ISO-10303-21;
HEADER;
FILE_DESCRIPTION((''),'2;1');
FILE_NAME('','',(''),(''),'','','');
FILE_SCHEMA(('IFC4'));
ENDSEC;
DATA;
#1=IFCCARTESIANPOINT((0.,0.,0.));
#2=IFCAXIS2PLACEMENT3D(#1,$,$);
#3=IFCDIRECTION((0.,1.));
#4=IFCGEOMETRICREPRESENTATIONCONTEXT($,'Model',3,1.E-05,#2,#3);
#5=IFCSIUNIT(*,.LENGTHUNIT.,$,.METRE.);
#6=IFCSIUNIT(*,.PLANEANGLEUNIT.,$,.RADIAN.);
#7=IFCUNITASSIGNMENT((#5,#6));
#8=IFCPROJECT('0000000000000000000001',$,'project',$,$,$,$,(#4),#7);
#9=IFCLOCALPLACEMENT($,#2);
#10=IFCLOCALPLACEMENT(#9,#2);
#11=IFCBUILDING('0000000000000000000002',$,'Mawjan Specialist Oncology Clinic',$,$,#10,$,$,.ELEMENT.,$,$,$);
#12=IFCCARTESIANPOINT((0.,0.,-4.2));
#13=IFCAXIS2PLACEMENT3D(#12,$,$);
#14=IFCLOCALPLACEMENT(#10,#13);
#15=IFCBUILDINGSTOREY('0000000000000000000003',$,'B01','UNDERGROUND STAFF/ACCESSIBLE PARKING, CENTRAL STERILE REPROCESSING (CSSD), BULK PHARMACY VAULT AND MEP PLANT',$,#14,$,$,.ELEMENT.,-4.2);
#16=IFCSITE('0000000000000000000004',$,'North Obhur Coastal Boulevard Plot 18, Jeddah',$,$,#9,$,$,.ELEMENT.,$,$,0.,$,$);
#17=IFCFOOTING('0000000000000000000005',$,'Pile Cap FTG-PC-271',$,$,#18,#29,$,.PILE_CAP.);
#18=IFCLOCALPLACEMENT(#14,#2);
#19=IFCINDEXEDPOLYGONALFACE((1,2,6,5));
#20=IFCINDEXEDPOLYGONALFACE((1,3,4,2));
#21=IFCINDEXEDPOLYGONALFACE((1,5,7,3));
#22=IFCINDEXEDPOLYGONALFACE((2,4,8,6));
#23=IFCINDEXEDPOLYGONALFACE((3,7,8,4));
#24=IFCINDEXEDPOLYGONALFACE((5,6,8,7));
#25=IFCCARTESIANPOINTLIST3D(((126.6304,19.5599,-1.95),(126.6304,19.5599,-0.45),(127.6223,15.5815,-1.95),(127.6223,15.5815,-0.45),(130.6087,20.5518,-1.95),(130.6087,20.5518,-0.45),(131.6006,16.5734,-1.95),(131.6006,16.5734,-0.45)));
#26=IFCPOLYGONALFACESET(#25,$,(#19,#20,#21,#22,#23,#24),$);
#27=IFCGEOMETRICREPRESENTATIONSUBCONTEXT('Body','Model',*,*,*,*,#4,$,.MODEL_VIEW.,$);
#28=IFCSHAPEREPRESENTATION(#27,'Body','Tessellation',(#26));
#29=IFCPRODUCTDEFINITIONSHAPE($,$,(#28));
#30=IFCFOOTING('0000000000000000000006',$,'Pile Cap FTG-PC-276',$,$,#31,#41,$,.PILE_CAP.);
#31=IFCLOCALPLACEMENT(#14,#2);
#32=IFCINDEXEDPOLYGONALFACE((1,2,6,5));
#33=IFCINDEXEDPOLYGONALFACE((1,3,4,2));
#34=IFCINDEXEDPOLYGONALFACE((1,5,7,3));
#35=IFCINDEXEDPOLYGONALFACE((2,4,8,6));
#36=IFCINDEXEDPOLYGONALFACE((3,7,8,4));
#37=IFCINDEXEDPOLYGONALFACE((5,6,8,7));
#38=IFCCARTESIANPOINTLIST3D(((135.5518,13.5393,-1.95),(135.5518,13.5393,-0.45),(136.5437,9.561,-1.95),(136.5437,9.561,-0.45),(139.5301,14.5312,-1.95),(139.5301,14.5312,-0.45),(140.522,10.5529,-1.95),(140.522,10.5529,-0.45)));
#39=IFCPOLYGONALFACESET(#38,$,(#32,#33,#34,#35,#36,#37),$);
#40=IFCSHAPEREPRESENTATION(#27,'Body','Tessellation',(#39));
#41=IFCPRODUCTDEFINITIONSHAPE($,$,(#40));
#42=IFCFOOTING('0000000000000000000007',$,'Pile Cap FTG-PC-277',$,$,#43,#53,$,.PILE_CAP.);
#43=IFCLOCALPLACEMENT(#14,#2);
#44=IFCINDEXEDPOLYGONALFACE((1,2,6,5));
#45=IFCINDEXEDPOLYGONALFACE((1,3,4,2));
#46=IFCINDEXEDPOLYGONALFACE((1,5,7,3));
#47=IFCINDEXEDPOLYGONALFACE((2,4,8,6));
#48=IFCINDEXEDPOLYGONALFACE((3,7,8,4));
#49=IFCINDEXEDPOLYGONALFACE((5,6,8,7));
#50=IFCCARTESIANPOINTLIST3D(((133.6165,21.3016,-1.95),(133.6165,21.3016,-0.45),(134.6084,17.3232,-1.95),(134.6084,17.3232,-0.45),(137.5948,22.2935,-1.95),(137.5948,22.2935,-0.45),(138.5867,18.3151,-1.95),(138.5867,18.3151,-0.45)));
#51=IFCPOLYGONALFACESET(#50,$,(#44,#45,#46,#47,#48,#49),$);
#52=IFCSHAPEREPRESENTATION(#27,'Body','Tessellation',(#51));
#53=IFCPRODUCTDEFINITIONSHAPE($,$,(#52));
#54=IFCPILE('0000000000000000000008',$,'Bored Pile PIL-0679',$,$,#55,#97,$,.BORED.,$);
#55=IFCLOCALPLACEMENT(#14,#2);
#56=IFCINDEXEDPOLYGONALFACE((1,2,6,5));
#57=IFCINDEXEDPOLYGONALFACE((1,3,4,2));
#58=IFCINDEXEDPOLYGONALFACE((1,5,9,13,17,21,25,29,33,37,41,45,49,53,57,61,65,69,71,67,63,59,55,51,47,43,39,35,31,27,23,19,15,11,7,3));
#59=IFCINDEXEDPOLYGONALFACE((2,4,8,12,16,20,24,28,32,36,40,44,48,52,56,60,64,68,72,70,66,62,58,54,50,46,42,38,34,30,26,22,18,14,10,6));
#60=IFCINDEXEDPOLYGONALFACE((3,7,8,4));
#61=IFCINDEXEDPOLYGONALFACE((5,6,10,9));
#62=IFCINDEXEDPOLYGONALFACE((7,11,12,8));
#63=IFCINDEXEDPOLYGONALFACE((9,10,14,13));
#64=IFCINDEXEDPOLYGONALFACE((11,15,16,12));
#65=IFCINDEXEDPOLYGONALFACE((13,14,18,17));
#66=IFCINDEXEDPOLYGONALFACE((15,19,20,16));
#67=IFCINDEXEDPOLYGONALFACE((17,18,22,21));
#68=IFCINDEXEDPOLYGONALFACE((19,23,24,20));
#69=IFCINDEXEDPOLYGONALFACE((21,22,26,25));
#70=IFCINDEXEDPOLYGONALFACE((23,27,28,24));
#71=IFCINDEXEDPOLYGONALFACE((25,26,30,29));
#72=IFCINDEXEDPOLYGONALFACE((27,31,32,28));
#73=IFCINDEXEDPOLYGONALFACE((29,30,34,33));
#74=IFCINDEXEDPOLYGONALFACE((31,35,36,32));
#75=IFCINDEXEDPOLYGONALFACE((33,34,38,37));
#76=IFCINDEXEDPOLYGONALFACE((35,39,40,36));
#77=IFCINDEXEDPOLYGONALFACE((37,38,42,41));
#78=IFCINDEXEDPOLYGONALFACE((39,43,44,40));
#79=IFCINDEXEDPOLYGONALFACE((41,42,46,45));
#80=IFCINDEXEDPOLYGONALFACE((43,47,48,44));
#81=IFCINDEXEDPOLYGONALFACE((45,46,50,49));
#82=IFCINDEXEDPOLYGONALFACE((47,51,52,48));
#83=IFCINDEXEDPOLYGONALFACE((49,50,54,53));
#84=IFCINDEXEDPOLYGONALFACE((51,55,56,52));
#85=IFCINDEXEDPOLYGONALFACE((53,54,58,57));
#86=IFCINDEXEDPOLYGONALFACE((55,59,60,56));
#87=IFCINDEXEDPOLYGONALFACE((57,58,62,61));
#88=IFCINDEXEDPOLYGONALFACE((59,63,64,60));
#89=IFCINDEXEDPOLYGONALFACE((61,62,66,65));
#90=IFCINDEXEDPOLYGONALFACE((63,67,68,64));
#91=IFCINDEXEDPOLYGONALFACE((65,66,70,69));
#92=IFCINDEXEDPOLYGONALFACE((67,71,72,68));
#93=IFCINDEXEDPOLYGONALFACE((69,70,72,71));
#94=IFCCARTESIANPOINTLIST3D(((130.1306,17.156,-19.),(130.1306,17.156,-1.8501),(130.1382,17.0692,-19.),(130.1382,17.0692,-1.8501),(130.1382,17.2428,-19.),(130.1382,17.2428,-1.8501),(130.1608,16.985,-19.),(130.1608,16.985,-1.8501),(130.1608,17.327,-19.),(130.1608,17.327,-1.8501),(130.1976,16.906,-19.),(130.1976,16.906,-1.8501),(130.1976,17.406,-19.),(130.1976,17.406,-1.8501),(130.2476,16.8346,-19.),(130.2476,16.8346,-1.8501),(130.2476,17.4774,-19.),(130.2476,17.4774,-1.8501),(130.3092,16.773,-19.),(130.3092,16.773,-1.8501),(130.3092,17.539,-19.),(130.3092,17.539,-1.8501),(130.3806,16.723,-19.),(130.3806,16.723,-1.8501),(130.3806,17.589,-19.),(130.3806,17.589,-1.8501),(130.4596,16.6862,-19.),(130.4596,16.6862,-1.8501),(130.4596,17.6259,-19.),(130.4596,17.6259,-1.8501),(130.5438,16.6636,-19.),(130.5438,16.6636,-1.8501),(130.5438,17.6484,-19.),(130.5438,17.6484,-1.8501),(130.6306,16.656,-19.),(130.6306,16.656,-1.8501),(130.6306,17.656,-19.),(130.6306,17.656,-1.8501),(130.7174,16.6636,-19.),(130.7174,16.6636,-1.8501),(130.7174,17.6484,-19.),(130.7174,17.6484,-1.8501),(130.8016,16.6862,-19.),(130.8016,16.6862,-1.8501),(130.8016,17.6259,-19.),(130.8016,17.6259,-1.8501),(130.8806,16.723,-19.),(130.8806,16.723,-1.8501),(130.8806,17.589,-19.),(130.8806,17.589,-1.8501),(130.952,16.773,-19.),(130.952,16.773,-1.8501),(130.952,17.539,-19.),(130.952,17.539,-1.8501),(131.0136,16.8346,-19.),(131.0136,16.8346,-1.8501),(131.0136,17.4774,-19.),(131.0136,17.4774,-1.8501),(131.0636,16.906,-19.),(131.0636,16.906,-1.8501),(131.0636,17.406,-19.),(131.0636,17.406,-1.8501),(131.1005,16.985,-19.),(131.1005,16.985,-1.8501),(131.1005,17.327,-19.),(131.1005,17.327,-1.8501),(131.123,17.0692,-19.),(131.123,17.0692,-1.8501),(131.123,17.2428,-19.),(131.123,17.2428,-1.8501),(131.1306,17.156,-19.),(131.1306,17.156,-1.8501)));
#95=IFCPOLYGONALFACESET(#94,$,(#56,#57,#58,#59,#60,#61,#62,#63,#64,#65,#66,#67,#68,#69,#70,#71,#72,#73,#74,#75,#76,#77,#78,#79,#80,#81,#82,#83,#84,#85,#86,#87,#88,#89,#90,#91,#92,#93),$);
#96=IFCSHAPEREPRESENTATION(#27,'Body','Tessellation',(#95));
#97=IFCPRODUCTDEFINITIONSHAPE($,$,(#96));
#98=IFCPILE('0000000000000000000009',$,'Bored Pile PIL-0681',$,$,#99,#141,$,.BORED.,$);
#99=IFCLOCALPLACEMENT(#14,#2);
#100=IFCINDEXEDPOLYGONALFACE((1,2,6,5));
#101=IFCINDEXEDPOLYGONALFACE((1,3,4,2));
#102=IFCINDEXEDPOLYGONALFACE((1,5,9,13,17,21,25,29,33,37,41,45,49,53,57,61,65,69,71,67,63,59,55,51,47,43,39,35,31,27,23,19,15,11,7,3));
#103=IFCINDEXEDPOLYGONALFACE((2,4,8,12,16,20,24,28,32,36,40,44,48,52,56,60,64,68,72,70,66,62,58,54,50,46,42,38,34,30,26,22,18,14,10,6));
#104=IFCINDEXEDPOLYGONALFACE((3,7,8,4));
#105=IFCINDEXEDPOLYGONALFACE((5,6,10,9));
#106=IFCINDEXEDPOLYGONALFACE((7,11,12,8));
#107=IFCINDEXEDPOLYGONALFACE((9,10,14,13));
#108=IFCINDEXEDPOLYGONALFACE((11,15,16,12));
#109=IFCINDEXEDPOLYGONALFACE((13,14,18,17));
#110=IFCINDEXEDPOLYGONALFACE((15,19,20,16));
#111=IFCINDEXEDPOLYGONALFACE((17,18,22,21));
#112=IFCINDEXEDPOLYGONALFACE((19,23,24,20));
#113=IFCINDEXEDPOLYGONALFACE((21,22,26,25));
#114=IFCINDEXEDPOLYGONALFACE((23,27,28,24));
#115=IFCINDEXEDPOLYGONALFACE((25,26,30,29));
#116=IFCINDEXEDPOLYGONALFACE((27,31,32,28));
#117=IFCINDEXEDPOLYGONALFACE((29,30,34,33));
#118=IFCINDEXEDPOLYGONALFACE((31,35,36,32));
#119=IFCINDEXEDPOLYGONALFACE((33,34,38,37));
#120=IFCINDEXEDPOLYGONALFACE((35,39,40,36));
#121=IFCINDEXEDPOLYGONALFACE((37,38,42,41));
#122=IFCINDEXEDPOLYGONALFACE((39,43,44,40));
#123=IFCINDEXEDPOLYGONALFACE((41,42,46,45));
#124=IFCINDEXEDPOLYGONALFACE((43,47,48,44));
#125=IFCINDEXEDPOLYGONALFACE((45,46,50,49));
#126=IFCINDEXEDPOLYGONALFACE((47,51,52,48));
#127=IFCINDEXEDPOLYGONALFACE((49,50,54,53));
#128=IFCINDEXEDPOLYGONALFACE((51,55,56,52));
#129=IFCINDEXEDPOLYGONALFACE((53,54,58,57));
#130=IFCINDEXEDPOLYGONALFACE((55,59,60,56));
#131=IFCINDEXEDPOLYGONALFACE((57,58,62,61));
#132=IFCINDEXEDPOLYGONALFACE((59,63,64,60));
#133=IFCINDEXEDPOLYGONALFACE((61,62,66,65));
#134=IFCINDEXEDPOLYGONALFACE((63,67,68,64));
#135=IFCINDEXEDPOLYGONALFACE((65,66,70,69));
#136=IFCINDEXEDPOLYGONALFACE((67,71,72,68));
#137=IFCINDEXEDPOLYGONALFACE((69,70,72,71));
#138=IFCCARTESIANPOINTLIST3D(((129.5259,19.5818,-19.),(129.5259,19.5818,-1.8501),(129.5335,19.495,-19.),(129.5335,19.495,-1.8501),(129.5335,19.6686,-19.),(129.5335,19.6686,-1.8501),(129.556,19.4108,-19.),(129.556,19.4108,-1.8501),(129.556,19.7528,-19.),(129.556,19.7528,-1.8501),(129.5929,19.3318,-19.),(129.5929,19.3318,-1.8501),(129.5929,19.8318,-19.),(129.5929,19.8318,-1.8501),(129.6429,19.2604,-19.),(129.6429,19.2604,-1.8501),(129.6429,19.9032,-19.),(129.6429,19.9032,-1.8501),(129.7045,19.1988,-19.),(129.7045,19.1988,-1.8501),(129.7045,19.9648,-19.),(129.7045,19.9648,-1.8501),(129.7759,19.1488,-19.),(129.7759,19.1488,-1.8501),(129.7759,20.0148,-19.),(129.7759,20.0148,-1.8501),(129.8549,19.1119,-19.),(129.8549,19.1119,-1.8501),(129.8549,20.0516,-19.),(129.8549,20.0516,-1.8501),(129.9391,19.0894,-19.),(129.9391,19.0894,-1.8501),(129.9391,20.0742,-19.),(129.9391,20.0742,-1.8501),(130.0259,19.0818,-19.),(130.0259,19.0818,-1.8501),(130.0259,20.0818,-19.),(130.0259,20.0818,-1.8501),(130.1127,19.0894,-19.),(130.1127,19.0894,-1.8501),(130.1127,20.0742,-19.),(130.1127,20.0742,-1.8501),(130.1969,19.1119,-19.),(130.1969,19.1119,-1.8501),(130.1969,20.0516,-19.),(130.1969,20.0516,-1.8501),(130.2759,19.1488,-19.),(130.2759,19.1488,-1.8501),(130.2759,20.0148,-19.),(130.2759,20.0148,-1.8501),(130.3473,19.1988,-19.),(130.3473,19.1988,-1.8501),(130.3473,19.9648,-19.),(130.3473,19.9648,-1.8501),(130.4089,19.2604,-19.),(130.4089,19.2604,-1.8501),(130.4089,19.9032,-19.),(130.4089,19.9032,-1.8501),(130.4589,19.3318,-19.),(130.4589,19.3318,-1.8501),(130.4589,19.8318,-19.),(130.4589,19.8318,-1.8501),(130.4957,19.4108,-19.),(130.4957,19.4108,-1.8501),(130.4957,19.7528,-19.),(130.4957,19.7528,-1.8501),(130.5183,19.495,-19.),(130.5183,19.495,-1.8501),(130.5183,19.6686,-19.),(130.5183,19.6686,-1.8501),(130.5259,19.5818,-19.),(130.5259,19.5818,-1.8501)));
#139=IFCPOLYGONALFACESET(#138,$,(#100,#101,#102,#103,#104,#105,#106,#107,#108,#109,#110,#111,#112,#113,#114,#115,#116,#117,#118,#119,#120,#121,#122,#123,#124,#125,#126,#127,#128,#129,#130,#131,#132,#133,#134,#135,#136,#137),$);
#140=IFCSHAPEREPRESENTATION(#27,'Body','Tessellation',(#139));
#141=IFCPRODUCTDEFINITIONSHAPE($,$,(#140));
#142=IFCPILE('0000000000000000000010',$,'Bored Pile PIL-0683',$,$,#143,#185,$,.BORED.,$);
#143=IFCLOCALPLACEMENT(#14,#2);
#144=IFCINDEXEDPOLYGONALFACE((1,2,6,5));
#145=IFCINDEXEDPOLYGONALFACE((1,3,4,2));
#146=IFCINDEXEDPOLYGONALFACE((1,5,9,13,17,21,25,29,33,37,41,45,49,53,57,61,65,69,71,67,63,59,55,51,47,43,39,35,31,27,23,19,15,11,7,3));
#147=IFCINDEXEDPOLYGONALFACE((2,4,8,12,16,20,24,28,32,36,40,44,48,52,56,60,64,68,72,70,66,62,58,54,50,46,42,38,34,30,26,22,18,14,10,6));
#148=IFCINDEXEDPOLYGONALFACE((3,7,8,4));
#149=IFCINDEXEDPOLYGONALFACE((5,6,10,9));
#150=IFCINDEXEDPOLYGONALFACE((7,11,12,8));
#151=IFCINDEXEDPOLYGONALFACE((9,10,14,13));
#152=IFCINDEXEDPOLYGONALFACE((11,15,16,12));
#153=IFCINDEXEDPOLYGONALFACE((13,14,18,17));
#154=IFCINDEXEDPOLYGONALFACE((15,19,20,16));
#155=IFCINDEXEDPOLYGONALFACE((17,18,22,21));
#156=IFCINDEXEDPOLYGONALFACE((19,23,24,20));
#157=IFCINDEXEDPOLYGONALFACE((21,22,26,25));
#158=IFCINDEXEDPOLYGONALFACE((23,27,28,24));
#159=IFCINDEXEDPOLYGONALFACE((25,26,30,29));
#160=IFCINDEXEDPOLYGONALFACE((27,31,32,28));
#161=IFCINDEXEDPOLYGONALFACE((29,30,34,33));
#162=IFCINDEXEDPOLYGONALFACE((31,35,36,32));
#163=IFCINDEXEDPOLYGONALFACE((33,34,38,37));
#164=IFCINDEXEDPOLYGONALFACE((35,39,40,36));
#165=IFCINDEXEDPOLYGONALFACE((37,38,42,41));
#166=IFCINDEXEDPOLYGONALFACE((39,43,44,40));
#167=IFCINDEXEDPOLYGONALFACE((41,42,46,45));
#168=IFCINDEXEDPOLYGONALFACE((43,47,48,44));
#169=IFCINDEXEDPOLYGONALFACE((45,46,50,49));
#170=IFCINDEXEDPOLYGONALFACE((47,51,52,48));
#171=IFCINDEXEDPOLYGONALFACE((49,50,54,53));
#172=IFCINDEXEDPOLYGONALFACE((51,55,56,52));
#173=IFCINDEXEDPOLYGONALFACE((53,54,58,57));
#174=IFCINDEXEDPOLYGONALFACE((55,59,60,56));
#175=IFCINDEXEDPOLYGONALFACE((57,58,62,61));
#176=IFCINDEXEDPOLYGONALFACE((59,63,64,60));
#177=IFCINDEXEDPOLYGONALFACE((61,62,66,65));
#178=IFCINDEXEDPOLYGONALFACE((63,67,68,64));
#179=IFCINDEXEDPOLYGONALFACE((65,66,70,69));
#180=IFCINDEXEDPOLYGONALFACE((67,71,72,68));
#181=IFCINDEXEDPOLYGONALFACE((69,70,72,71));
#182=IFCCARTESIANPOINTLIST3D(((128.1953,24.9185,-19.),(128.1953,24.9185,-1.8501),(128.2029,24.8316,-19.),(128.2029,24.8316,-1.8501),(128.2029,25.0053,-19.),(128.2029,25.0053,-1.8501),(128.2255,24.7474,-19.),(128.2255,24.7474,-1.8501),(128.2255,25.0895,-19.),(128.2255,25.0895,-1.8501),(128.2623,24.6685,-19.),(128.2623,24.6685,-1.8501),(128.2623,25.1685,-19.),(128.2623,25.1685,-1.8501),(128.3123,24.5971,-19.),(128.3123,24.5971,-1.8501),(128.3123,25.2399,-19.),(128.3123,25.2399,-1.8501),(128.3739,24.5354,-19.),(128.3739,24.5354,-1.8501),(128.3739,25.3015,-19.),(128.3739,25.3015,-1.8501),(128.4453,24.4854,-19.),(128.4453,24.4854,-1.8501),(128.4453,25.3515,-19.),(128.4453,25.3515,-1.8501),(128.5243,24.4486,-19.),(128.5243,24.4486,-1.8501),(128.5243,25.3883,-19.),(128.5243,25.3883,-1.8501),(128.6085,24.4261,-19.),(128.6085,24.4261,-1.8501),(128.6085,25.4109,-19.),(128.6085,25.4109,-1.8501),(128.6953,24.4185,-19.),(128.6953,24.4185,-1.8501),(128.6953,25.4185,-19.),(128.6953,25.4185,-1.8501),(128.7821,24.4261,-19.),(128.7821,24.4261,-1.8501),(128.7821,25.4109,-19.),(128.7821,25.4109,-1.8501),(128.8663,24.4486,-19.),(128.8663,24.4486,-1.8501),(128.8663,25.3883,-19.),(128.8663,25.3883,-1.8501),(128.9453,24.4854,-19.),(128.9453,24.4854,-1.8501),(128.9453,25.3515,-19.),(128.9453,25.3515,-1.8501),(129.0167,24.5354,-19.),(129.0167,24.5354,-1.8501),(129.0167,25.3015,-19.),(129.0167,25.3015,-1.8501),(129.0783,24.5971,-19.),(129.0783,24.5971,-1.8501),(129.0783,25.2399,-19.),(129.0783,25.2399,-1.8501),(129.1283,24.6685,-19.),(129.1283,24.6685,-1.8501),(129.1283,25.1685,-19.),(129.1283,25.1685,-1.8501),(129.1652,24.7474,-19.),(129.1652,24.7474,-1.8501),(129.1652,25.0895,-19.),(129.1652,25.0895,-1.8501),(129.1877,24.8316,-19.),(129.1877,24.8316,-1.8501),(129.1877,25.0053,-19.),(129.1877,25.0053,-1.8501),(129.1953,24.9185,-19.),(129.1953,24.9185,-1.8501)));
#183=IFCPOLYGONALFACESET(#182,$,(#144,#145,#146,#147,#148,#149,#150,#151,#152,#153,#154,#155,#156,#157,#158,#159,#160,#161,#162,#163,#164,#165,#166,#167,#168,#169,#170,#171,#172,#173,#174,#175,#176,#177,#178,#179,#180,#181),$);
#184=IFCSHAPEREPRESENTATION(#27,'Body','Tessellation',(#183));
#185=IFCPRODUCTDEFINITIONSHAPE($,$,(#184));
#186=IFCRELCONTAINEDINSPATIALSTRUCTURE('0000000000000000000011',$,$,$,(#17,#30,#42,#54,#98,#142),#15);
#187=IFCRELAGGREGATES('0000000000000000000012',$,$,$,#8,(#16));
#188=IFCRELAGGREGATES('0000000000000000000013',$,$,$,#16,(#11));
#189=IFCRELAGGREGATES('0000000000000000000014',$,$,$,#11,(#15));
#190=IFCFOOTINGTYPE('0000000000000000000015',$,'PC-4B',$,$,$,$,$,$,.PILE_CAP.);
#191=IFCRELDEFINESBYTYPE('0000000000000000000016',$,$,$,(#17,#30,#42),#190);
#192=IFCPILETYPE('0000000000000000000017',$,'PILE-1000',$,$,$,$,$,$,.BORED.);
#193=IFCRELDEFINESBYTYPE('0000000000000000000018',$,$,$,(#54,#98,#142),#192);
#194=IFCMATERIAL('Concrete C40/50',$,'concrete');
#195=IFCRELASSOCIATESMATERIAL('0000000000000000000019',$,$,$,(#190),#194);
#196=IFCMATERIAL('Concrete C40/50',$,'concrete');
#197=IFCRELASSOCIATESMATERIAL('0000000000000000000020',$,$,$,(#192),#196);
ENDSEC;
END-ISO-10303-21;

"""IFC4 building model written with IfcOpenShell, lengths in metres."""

from ifc_helpers import new_model, si_unit, direction, frame, origin, origin_2d, place, context, subcontext, project, spatial, rectangle, circle, extrude, material, material_profile, profile_set, type_object, element, save


model = new_model("IFC4")

# Units and contexts
model_context = context("Model", 3, precision=1e-05, world=origin(), true_north=direction((0.0, 1.0)))
body_context = subcontext(model_context, "Body", "Model", "MODEL_VIEW")
ifc_project = project(units=[si_unit("LENGTHUNIT", "METRE"), si_unit("PLANEANGLEUNIT", "RADIAN")], contexts=[model_context])

# Site, building, storey
site_placement = place(None, origin())
site = spatial("IfcSite", under=ifc_project, at=site_placement, Name="North Obhur Coastal Boulevard Plot 18, Jeddah", CompositionType="ELEMENT", RefElevation=0.0)
building_placement = place(site_placement, origin())
building = spatial("IfcBuilding", under=site, at=building_placement, Name="Mawjan Specialist Oncology Clinic", CompositionType="ELEMENT")
storey_placement = place(building_placement, frame((0.0, 0.0, -4.2)))
storey = spatial("IfcBuildingStorey", under=building, at=storey_placement, Name="B01", Description="UNDERGROUND STAFF/ACCESSIBLE PARKING, CENTRAL STERILE REPROCESSING (CSSD), BULK PHARMACY VAULT AND MEP PLANT", CompositionType="ELEMENT", Elevation=-4.2)

# Footings
ifc_material_1 = material(Name="Concrete C40/50", Category="concrete")
footing_type = type_object("IfcFootingType", Name="PC-4B", PredefinedType="PILE_CAP", material=ifc_material_1)
for number, where, z_axis, x_axis, name in (
    (1, (129.1155, 18.0667, -1.95), (0.0, 0.0, 1.0), (0.970296, 0.241922, 0.0), "Pile Cap FTG-PC-271"),
    (2, (138.0369, 12.0461, -1.95), (0.0, 0.0, 1.0), (0.970296, 0.241922, 0.0), "Pile Cap FTG-PC-276"),
    (3, (136.1016, 19.8083, -1.95), (0.0, 0.0, 1.0), (0.970296, 0.241922, 0.0), "Pile Cap FTG-PC-277"),
):
    element("IfcFooting", number, at=place(storey_placement, frame(where, z_axis=z_axis, x_axis=x_axis)), inside=storey, type_object=footing_type, Name=name, PredefinedType="PILE_CAP", context=body_context, shape_type="SweptSolid", body=[
        extrude(rectangle(XDim=4.1001, YDim=4.1001, at=origin_2d()), origin(), (0.0, 0.0, 1.0), 1.5),
    ])

# Piles
ifc_material_2 = material(Name="Concrete C40/50", Category="concrete")
ifc_material_profile_1 = material_profile(ifc_material_2, circle(Radius=0.5, at=origin_2d()), Name="BORED PILE D1000", Category="concrete")
ifc_profile_set_1 = profile_set([ifc_material_profile_1], Name="Concrete C40/50")
pile_type = type_object("IfcPileType", Name="PILE-1000", PredefinedType="BORED", material=ifc_profile_set_1)
for number, where, z_axis, x_axis, name in (
    (4, (130.6306, 17.156, -1.8501), (0.0, 0.0, -1.0), (1.0, 0.0, 0.0), "Bored Pile PIL-0679"),
    (5, (130.0259, 19.5818, -1.8501), (0.0, 0.0, -1.0), (1.0, 0.0, 0.0), "Bored Pile PIL-0681"),
    (6, (128.6953, 24.9185, -1.8501), (0.0, 0.0, -1.0), (1.0, 0.0, 0.0), "Bored Pile PIL-0683"),
):
    element("IfcPile", number, at=place(storey_placement, frame(where, z_axis=z_axis, x_axis=x_axis)), inside=storey, type_object=pile_type, Name=name, PredefinedType="BORED", context=body_context, shape_type="SweptSolid", body=[
        extrude(circle(Radius=0.5, at=origin_2d()), origin(), (0.0, 0.0, 1.0), 17.1499),
    ])

save(model, "model.ifc")
